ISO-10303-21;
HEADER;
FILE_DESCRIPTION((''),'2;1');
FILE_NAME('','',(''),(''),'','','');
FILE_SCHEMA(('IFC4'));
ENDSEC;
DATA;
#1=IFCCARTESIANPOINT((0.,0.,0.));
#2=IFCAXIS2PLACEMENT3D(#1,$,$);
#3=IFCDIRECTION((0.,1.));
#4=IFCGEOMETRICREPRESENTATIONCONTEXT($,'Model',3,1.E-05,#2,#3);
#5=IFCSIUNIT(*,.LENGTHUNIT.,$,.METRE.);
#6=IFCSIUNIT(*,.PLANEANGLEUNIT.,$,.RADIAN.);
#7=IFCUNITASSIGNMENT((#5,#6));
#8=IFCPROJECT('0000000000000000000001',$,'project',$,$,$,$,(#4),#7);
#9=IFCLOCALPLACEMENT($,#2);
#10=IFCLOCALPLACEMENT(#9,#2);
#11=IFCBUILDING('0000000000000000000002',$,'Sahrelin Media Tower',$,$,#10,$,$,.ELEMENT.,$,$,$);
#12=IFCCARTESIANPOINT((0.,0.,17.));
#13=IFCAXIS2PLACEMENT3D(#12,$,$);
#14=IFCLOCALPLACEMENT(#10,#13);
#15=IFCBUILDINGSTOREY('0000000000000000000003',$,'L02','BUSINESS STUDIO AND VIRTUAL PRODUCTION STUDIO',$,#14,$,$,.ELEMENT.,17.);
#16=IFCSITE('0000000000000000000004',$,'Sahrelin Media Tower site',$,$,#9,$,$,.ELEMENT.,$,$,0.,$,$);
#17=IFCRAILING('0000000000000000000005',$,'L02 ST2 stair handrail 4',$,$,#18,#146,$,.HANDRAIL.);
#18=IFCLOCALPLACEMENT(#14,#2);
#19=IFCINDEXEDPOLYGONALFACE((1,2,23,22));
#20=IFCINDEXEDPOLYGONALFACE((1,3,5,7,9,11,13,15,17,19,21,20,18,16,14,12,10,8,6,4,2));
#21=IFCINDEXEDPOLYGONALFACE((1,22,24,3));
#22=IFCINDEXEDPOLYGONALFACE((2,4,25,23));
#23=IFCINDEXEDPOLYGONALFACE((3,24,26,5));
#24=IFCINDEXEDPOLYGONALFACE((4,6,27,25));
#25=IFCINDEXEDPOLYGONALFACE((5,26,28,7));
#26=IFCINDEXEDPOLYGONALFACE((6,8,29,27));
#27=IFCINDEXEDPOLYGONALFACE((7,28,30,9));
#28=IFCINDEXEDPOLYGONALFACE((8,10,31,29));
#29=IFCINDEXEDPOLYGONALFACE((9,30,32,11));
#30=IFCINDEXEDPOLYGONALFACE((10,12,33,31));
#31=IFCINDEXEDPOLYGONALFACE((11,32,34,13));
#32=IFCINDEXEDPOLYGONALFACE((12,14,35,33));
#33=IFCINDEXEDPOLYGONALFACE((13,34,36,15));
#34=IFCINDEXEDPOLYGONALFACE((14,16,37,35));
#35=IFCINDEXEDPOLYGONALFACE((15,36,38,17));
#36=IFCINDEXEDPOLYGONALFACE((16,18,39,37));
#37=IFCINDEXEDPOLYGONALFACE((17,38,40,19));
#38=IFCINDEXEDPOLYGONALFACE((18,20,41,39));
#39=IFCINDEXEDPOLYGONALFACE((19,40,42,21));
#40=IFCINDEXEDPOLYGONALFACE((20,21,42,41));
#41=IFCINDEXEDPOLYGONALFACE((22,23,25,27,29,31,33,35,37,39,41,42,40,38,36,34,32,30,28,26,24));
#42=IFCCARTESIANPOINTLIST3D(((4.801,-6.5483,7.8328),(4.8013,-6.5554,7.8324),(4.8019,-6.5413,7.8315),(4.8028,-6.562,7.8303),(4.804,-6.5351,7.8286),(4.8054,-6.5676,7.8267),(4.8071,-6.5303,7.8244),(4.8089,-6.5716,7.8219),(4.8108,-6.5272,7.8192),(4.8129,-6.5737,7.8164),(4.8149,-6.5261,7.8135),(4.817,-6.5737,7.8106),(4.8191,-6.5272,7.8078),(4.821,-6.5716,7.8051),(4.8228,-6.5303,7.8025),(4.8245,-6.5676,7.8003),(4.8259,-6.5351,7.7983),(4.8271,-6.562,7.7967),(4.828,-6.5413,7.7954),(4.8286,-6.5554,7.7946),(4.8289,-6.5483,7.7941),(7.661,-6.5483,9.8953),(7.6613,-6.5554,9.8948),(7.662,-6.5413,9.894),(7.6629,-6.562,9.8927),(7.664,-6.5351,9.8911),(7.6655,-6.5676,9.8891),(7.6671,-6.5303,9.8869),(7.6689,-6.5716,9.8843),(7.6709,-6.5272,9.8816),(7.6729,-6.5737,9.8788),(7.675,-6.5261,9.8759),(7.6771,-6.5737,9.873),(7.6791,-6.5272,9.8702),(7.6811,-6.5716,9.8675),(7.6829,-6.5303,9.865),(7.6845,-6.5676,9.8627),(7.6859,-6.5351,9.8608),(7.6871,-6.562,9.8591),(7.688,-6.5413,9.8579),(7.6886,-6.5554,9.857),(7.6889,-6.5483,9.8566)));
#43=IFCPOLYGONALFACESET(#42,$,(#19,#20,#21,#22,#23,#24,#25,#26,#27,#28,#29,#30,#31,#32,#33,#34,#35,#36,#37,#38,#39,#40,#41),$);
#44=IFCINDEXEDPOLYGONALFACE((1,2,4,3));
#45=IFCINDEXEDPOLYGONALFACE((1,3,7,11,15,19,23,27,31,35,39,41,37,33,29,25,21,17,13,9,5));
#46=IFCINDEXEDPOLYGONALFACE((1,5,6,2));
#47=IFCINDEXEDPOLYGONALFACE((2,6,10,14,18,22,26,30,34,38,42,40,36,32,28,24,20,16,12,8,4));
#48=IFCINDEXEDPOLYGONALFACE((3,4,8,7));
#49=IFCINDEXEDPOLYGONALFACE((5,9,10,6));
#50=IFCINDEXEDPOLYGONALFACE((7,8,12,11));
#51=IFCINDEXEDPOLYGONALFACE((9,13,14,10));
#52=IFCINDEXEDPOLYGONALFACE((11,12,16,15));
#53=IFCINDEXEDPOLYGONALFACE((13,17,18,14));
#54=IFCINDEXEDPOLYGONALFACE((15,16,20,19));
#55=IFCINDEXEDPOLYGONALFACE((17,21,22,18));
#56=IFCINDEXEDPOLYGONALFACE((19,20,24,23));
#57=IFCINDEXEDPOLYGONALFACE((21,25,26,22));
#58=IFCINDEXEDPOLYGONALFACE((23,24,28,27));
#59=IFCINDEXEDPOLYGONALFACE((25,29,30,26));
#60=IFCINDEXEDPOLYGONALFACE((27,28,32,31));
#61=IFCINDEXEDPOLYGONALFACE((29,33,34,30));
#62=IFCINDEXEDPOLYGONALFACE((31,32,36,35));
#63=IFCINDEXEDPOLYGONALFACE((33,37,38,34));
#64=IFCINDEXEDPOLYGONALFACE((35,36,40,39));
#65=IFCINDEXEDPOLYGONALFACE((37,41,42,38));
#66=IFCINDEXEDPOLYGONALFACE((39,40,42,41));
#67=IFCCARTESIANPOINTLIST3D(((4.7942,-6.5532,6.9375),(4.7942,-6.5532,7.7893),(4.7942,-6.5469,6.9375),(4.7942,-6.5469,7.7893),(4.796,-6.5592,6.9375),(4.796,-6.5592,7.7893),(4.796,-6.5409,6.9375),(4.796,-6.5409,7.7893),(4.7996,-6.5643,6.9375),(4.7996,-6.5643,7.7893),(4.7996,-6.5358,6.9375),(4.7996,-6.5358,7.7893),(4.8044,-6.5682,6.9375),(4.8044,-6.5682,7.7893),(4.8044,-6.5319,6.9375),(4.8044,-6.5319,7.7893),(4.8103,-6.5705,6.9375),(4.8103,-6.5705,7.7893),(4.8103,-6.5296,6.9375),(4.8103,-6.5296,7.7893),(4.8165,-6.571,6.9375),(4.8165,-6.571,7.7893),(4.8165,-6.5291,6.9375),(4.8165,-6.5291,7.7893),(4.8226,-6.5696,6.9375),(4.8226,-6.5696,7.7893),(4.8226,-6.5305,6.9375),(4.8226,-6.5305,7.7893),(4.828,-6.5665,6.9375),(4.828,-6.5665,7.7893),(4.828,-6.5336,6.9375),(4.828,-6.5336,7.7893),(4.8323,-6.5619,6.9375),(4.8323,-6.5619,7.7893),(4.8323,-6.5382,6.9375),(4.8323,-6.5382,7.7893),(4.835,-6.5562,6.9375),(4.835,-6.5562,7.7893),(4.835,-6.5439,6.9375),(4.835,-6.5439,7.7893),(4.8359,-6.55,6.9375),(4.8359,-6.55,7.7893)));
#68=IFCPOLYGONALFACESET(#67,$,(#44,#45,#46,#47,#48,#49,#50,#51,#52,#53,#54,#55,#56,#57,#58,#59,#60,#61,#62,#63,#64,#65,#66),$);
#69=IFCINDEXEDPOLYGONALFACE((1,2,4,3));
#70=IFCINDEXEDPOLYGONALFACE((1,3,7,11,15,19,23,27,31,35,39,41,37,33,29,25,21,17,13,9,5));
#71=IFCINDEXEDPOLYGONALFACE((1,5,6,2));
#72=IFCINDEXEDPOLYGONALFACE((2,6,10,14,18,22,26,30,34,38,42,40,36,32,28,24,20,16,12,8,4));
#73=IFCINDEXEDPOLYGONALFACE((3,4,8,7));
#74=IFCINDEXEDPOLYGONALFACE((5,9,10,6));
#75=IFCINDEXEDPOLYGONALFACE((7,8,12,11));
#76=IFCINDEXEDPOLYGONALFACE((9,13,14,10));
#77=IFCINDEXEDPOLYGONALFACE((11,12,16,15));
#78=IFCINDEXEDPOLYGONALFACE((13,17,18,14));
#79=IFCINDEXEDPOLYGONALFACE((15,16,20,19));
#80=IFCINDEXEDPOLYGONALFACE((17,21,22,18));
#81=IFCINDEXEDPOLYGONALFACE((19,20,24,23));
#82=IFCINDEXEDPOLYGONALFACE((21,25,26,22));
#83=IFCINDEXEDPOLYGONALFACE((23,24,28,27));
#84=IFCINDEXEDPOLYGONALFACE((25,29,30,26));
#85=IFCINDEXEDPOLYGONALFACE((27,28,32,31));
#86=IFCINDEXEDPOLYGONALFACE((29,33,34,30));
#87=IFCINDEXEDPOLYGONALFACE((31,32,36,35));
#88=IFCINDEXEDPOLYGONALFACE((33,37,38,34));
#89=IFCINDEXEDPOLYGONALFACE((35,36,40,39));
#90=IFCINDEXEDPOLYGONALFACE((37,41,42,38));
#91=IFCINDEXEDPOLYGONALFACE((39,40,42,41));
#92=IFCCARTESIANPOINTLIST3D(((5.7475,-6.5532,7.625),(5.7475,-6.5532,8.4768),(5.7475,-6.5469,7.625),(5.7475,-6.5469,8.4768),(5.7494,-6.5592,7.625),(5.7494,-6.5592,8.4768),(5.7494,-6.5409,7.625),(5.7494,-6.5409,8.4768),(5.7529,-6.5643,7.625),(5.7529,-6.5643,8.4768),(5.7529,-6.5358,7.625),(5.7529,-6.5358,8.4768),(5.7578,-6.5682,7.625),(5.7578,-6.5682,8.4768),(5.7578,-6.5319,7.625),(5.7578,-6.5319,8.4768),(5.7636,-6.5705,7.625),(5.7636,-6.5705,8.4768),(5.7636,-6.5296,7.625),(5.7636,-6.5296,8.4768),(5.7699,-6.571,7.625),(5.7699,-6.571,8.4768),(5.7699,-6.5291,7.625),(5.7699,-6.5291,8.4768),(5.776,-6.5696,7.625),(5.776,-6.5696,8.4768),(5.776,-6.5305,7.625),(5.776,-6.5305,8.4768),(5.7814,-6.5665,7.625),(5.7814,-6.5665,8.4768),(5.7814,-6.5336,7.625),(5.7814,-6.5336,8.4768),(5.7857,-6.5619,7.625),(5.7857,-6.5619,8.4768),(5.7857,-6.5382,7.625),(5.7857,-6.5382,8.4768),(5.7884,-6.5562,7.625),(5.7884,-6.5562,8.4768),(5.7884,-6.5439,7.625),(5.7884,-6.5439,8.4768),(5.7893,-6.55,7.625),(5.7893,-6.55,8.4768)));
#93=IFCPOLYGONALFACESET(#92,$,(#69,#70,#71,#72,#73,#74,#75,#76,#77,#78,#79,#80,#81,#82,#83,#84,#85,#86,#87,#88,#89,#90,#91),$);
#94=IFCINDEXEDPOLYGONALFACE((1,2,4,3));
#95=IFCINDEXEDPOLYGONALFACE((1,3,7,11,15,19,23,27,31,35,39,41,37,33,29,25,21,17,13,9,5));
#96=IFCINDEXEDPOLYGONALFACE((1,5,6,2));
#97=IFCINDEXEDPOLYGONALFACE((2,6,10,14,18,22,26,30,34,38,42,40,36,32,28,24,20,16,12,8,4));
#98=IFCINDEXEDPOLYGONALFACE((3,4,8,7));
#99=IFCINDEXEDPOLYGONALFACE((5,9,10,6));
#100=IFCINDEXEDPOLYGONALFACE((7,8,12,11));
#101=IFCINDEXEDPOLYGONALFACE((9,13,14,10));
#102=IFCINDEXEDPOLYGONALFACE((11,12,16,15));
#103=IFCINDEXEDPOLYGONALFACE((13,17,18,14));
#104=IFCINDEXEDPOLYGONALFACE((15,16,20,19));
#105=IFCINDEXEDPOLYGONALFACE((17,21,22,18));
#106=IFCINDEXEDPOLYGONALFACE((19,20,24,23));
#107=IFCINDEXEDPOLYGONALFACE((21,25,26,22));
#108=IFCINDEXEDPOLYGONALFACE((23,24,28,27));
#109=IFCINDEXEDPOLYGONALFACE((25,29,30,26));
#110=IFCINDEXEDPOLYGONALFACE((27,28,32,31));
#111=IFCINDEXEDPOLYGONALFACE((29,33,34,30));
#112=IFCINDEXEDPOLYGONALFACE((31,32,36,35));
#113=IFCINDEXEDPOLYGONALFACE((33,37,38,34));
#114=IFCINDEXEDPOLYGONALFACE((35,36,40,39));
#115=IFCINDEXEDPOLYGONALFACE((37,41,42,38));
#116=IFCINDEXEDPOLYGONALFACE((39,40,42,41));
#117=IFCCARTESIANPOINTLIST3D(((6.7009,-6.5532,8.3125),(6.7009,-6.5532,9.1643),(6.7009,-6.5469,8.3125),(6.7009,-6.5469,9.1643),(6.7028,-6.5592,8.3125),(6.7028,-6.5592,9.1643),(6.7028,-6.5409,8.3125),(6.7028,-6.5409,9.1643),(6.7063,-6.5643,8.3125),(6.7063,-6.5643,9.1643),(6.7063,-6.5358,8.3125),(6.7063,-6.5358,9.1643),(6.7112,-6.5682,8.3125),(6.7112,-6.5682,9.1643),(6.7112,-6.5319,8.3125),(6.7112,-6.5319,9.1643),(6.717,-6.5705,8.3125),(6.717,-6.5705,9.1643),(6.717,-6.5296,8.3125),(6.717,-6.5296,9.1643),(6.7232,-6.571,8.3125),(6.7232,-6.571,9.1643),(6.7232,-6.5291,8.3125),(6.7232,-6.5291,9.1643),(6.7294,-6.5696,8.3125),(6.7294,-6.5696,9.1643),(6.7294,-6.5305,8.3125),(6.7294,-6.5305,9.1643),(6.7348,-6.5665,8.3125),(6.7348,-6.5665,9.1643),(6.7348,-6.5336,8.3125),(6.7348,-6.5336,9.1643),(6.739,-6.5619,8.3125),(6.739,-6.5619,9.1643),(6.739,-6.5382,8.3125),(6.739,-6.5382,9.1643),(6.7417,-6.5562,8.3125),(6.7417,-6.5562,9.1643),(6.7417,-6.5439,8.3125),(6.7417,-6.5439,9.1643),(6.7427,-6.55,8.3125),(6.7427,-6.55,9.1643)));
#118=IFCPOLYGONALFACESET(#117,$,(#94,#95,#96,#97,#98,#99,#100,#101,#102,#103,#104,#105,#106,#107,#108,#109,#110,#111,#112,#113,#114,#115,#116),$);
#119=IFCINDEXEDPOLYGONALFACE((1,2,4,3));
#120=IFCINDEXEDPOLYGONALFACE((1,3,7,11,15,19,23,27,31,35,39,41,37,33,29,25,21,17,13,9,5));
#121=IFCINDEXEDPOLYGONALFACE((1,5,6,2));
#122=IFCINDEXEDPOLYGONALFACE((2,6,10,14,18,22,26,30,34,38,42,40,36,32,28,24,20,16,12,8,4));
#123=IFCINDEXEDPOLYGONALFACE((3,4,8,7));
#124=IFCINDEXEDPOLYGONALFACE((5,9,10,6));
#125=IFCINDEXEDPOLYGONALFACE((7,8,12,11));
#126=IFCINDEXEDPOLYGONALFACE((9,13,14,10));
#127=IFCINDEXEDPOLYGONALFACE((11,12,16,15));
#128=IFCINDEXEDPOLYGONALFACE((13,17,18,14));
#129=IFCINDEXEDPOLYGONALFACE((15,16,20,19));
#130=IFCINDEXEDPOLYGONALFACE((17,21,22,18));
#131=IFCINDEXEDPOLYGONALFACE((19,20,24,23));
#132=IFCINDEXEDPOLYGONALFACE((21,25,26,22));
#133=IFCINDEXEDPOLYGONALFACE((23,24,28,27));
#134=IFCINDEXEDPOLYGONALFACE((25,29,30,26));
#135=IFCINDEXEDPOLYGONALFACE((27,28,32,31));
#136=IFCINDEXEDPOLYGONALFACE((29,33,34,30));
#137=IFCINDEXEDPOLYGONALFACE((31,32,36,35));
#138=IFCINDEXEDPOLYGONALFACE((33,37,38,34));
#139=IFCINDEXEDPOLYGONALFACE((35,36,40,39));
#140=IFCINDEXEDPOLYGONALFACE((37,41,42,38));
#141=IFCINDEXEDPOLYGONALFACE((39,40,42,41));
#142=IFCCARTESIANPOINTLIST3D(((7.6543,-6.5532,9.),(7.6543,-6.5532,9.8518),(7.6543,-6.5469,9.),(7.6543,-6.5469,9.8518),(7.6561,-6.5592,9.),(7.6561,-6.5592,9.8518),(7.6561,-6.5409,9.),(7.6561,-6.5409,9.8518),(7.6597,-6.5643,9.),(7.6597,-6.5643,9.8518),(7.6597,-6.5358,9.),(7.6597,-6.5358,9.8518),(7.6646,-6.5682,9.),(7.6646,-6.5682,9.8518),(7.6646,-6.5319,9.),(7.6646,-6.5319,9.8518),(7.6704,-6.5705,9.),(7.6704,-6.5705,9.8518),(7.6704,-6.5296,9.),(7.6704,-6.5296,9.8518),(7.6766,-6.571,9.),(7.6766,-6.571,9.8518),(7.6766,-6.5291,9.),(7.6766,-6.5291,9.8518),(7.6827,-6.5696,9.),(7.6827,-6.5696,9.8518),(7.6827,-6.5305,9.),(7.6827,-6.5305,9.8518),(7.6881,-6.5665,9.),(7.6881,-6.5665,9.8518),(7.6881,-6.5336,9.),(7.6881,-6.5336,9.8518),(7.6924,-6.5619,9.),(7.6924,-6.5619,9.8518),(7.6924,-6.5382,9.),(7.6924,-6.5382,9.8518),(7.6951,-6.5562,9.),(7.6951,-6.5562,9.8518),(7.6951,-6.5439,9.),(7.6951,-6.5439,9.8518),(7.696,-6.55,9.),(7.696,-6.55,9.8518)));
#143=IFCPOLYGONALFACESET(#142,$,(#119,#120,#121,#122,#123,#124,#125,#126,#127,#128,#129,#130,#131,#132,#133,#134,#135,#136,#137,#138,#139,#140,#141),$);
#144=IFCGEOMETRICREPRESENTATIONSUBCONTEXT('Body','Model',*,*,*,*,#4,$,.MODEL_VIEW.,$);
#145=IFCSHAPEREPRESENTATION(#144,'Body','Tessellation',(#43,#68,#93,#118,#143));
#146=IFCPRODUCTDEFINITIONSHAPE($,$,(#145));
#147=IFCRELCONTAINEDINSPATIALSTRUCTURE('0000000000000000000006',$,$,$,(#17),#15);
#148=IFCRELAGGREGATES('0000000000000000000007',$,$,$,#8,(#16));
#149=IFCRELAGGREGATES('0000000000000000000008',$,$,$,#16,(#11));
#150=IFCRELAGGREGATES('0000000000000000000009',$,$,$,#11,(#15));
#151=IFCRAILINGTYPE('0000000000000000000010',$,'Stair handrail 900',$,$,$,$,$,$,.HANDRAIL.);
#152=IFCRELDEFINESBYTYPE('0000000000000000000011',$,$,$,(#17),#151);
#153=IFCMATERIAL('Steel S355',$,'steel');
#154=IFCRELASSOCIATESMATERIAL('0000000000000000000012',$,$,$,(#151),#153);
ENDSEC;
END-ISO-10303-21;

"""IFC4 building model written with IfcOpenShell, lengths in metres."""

from ifc_helpers import new_model, si_unit, direction, frame, origin, origin_2d, place, context, subcontext, project, spatial, circle, extrude, material, type_object, element, save


model = new_model("IFC4")

# Units and contexts
model_context = context("Model", 3, precision=1e-05, world=origin(), true_north=direction((0.0, 1.0)))
body_context = subcontext(model_context, "Body", "Model", "MODEL_VIEW")
ifc_project = project(units=[si_unit("LENGTHUNIT", "METRE"), si_unit("PLANEANGLEUNIT", "RADIAN")], contexts=[model_context])

# Site, building, storey
site_placement = place(None, origin())
site = spatial("IfcSite", under=ifc_project, at=site_placement, Name="Sahrelin Media Tower site", CompositionType="ELEMENT", RefElevation=0.0)
building_placement = place(site_placement, origin())
building = spatial("IfcBuilding", under=site, at=building_placement, Name="Sahrelin Media Tower", CompositionType="ELEMENT")
storey_placement = place(building_placement, frame((0.0, 0.0, 17.0)))
storey = spatial("IfcBuildingStorey", under=building, at=storey_placement, Name="L02", Description="BUSINESS STUDIO AND VIRTUAL PRODUCTION STUDIO", CompositionType="ELEMENT", Elevation=17.0)

# Railing
ifc_material_1 = material(Name="Steel S355", Category="steel")
railing_type_1 = type_object("IfcRailingType", Name="Stair handrail 900", PredefinedType="HANDRAIL", material=ifc_material_1)
railing_1_placement = place(storey_placement, frame((4.8149, -6.55, 6.9375)))
element("IfcRailing", 1, at=railing_1_placement, inside=storey, type_object=railing_type_1, Name="L02 ST2 stair handrail 4", PredefinedType="HANDRAIL", context=body_context, shape_type="SweptSolid", body=[
    extrude(circle(Radius=0.0239, at=origin_2d()), frame((0.0, 0.0, 0.876), z_axis=(0.811101, 0.0, 0.584906), x_axis=(0.0, 1.0, 0.0)), (0.0, 0.0, 1.0), 3.5261),
    extrude(circle(Radius=0.021, at=origin_2d()), origin(), (0.0, 0.0, 1.0), 0.8518),
    extrude(circle(Radius=0.021, at=origin_2d()), frame((0.9534, 0.0, 0.6875)), (0.0, 0.0, 1.0), 0.8518),
    extrude(circle(Radius=0.021, at=origin_2d()), frame((1.9067, 0.0, 1.375)), (0.0, 0.0, 1.0), 0.8518),
    extrude(circle(Radius=0.021, at=origin_2d()), frame((2.8601, 0.0, 2.0625)), (0.0, 0.0, 1.0), 0.8518),
])

save(model, "model.ifc")
